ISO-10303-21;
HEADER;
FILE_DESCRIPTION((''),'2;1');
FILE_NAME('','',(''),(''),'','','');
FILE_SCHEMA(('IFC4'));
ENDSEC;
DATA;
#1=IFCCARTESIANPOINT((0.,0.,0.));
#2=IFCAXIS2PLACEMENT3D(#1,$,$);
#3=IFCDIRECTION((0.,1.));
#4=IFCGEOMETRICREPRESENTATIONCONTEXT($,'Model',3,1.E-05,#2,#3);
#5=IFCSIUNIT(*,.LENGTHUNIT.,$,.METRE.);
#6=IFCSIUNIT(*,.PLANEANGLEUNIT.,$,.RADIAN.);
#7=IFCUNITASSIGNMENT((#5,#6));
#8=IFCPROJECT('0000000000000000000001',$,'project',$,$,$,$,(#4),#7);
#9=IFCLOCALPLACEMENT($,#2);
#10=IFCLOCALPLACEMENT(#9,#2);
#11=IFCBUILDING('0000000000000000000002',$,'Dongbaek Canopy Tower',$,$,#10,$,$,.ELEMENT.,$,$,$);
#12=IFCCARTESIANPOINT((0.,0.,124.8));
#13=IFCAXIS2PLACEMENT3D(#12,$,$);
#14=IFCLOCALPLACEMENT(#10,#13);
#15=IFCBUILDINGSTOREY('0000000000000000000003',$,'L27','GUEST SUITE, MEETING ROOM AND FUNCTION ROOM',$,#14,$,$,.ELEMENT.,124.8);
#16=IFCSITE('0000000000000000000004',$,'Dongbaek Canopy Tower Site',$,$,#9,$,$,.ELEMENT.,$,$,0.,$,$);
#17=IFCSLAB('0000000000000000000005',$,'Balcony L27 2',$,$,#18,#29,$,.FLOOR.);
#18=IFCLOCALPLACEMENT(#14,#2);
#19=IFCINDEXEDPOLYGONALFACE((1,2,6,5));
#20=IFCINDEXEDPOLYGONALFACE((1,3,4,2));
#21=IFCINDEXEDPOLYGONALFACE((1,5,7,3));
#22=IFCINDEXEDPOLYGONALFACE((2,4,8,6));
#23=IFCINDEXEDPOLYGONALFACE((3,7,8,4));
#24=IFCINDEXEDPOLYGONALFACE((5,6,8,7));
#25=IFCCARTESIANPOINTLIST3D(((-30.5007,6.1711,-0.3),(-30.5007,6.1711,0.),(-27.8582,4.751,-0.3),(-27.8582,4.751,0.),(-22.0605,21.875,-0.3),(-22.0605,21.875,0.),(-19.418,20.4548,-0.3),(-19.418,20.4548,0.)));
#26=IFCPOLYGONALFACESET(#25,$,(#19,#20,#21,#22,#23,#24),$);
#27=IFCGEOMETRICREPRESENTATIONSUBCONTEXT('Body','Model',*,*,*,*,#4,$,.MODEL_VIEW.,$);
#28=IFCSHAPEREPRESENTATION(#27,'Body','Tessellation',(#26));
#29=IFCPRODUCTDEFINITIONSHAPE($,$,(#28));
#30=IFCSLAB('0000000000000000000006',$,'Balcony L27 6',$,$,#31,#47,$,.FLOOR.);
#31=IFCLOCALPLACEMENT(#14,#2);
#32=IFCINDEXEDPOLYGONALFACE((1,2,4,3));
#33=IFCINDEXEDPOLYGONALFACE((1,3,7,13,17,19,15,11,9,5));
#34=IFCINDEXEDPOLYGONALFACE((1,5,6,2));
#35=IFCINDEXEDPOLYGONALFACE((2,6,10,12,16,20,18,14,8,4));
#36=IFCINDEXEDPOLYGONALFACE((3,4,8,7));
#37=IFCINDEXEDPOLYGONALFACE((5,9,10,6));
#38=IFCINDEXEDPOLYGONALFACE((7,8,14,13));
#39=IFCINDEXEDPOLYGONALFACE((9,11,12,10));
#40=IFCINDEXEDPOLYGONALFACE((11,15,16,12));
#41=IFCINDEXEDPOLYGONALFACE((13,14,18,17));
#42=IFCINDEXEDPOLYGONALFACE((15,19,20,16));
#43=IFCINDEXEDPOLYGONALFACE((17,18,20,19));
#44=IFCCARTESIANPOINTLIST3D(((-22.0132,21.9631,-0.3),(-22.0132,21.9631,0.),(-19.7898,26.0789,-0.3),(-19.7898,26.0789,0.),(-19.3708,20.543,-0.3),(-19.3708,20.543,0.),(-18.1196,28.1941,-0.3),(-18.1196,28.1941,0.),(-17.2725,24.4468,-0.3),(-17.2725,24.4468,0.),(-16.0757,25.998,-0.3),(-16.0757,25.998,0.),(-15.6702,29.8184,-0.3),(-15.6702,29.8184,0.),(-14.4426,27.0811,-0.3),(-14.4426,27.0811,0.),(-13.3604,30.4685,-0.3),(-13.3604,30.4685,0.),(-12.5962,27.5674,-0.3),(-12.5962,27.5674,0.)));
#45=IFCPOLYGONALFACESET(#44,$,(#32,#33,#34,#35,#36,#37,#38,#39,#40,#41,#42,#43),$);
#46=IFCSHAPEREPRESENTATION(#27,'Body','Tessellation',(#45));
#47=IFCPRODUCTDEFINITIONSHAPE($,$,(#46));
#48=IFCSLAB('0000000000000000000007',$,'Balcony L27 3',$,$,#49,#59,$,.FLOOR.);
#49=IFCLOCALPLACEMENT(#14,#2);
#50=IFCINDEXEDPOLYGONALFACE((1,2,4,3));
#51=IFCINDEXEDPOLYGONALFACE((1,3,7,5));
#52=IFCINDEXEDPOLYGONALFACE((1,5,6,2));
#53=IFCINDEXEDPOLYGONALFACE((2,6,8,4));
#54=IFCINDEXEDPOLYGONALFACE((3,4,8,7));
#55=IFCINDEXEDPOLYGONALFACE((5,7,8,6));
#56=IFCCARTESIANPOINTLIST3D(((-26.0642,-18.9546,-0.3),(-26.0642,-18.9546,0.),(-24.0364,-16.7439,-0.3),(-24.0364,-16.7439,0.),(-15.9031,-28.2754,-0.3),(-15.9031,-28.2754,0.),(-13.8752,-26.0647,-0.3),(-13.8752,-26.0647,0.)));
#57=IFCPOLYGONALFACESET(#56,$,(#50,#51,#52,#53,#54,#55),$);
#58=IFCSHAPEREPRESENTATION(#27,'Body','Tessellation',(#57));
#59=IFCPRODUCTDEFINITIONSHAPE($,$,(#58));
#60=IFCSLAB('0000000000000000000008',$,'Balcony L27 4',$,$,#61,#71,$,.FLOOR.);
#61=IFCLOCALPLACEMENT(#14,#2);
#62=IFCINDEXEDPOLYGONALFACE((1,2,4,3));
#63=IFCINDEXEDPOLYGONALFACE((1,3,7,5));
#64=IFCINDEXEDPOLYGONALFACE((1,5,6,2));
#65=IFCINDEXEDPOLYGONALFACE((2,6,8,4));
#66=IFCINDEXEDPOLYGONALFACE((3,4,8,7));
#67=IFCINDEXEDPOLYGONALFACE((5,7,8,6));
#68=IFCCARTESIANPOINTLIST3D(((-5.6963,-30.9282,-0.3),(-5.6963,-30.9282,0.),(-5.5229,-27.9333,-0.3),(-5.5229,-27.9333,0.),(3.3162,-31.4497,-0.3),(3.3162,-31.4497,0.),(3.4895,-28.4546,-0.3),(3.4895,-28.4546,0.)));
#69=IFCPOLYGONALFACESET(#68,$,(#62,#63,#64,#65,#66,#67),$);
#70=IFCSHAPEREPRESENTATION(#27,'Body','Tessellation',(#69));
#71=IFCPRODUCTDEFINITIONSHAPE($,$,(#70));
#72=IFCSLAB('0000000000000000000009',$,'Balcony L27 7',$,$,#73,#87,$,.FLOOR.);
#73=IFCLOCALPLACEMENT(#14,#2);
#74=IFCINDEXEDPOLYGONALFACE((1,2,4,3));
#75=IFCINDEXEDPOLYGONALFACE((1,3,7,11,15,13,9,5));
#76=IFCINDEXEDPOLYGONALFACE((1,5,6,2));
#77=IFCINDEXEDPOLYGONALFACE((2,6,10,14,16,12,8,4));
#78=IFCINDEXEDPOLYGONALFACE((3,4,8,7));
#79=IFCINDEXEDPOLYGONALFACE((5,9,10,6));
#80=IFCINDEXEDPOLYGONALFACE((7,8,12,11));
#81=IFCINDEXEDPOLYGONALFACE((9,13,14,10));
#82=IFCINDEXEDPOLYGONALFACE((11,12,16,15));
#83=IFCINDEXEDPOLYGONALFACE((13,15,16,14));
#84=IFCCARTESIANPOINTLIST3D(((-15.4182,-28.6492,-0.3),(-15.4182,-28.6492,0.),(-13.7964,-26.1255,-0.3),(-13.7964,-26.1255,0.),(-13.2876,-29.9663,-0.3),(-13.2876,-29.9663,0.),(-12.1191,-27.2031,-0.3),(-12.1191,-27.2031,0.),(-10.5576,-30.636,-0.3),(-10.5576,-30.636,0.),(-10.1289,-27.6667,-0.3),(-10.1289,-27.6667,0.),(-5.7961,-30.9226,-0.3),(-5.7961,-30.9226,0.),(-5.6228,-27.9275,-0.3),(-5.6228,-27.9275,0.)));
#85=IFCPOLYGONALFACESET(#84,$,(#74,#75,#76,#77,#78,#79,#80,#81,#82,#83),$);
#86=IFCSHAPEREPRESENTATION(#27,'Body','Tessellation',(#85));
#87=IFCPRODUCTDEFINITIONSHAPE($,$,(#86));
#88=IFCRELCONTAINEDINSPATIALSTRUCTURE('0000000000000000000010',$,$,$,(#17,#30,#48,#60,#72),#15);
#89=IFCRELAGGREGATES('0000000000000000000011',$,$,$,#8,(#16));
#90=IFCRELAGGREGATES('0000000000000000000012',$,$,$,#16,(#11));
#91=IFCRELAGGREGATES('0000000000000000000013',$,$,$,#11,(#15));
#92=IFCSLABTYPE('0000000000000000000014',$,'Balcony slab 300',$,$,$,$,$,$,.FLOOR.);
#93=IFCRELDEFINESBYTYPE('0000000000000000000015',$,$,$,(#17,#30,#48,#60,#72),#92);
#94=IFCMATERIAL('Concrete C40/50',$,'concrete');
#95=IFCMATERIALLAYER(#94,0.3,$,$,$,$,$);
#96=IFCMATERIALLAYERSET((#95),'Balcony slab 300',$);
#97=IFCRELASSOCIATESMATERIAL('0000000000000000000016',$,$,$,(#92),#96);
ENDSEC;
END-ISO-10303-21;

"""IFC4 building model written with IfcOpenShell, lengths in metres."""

from ifc_helpers import new_model, si_unit, direction, frame, origin, place, context, subcontext, project, spatial, polyline, outline, extrude, material, layer, layer_set, type_object, element, save


model = new_model("IFC4")

# Units and contexts
model_context = context("Model", 3, precision=1e-05, world=origin(), true_north=direction((0.0, 1.0)))
body_context = subcontext(model_context, "Body", "Model", "MODEL_VIEW")
ifc_project = project(units=[si_unit("LENGTHUNIT", "METRE"), si_unit("PLANEANGLEUNIT", "RADIAN")], contexts=[model_context])

# Site, building, storey
site_placement = place(None, origin())
site = spatial("IfcSite", under=ifc_project, at=site_placement, Name="Dongbaek Canopy Tower Site", CompositionType="ELEMENT", RefElevation=0.0)
building_placement = place(site_placement, origin())
building = spatial("IfcBuilding", under=site, at=building_placement, Name="Dongbaek Canopy Tower", CompositionType="ELEMENT")
storey_placement = place(building_placement, frame((0.0, 0.0, 124.8)))
storey = spatial("IfcBuildingStorey", under=building, at=storey_placement, Name="L27", Description="GUEST SUITE, MEETING ROOM AND FUNCTION ROOM", CompositionType="ELEMENT", Elevation=124.8)

# Slabs
ifc_material_1 = material(Name="Concrete C40/50", Category="concrete")
ifc_layer_1 = layer(ifc_material_1, 0.3)
ifc_layer_set_1 = layer_set([ifc_layer_1], Name="Balcony slab 300")
slab_type_1 = type_object("IfcSlabType", Name="Balcony slab 300", PredefinedType="FLOOR", material=ifc_layer_set_1)
slab_1_placement = place(storey_placement, frame((0.0, 0.0, -0.3)))
element("IfcSlab", 1, at=slab_1_placement, inside=storey, type_object=slab_type_1, Name="Balcony L27 2", PredefinedType="FLOOR", context=body_context, shape_type="SweptSolid", body=[
    extrude(outline(polyline([(-19.418, 20.4548), (-27.8582, 4.751), (-30.5007, 6.1711), (-22.0605, 21.875), (-19.418, 20.4548)])), origin(), (0.0, 0.0, 1.0), 0.3),
])
slab_2_placement = place(storey_placement, frame((0.0, 0.0, -0.3)))
element("IfcSlab", 2, at=slab_2_placement, inside=storey, type_object=slab_type_1, Name="Balcony L27 6", PredefinedType="FLOOR", context=body_context, shape_type="SweptSolid", body=[
    extrude(outline(polyline([(-12.5962, 27.5674), (-14.4426, 27.0811), (-16.0757, 25.998), (-17.2725, 24.4468), (-19.3708, 20.543), (-22.0132, 21.9631), (-19.7898, 26.0789), (-18.1196, 28.1941), (-15.6702, 29.8184), (-13.3604, 30.4685), (-12.5962, 27.5674)])), origin(), (0.0, 0.0, 1.0), 0.3),
])
slab_3_placement = place(storey_placement, frame((0.0, 0.0, -0.3)))
element("IfcSlab", 3, at=slab_3_placement, inside=storey, type_object=slab_type_1, Name="Balcony L27 3", PredefinedType="FLOOR", context=body_context, shape_type="SweptSolid", body=[
    extrude(outline(polyline([(-24.0364, -16.7439), (-13.8752, -26.0647), (-15.9031, -28.2754), (-26.0642, -18.9546), (-24.0364, -16.7439)])), origin(), (0.0, 0.0, 1.0), 0.3),
])
slab_4_placement = place(storey_placement, frame((0.0, 0.0, -0.3)))
element("IfcSlab", 4, at=slab_4_placement, inside=storey, type_object=slab_type_1, Name="Balcony L27 4", PredefinedType="FLOOR", context=body_context, shape_type="SweptSolid", body=[
    extrude(outline(polyline([(-5.5229, -27.9333), (3.4895, -28.4546), (3.3162, -31.4497), (-5.6963, -30.9282), (-5.5229, -27.9333)])), origin(), (0.0, 0.0, 1.0), 0.3),
])
slab_5_placement = place(storey_placement, frame((0.0, 0.0, -0.3)))
element("IfcSlab", 5, at=slab_5_placement, inside=storey, type_object=slab_type_1, Name="Balcony L27 7", PredefinedType="FLOOR", context=body_context, shape_type="SweptSolid", body=[
    extrude(outline(polyline([(-13.7964, -26.1255), (-12.1191, -27.2031), (-10.1289, -27.6667), (-5.6228, -27.9275), (-5.7961, -30.9226), (-10.5576, -30.636), (-13.2876, -29.9663), (-15.4182, -28.6492), (-13.7964, -26.1255)])), origin(), (0.0, 0.0, 1.0), 0.3),
])

save(model, "model.ifc")
